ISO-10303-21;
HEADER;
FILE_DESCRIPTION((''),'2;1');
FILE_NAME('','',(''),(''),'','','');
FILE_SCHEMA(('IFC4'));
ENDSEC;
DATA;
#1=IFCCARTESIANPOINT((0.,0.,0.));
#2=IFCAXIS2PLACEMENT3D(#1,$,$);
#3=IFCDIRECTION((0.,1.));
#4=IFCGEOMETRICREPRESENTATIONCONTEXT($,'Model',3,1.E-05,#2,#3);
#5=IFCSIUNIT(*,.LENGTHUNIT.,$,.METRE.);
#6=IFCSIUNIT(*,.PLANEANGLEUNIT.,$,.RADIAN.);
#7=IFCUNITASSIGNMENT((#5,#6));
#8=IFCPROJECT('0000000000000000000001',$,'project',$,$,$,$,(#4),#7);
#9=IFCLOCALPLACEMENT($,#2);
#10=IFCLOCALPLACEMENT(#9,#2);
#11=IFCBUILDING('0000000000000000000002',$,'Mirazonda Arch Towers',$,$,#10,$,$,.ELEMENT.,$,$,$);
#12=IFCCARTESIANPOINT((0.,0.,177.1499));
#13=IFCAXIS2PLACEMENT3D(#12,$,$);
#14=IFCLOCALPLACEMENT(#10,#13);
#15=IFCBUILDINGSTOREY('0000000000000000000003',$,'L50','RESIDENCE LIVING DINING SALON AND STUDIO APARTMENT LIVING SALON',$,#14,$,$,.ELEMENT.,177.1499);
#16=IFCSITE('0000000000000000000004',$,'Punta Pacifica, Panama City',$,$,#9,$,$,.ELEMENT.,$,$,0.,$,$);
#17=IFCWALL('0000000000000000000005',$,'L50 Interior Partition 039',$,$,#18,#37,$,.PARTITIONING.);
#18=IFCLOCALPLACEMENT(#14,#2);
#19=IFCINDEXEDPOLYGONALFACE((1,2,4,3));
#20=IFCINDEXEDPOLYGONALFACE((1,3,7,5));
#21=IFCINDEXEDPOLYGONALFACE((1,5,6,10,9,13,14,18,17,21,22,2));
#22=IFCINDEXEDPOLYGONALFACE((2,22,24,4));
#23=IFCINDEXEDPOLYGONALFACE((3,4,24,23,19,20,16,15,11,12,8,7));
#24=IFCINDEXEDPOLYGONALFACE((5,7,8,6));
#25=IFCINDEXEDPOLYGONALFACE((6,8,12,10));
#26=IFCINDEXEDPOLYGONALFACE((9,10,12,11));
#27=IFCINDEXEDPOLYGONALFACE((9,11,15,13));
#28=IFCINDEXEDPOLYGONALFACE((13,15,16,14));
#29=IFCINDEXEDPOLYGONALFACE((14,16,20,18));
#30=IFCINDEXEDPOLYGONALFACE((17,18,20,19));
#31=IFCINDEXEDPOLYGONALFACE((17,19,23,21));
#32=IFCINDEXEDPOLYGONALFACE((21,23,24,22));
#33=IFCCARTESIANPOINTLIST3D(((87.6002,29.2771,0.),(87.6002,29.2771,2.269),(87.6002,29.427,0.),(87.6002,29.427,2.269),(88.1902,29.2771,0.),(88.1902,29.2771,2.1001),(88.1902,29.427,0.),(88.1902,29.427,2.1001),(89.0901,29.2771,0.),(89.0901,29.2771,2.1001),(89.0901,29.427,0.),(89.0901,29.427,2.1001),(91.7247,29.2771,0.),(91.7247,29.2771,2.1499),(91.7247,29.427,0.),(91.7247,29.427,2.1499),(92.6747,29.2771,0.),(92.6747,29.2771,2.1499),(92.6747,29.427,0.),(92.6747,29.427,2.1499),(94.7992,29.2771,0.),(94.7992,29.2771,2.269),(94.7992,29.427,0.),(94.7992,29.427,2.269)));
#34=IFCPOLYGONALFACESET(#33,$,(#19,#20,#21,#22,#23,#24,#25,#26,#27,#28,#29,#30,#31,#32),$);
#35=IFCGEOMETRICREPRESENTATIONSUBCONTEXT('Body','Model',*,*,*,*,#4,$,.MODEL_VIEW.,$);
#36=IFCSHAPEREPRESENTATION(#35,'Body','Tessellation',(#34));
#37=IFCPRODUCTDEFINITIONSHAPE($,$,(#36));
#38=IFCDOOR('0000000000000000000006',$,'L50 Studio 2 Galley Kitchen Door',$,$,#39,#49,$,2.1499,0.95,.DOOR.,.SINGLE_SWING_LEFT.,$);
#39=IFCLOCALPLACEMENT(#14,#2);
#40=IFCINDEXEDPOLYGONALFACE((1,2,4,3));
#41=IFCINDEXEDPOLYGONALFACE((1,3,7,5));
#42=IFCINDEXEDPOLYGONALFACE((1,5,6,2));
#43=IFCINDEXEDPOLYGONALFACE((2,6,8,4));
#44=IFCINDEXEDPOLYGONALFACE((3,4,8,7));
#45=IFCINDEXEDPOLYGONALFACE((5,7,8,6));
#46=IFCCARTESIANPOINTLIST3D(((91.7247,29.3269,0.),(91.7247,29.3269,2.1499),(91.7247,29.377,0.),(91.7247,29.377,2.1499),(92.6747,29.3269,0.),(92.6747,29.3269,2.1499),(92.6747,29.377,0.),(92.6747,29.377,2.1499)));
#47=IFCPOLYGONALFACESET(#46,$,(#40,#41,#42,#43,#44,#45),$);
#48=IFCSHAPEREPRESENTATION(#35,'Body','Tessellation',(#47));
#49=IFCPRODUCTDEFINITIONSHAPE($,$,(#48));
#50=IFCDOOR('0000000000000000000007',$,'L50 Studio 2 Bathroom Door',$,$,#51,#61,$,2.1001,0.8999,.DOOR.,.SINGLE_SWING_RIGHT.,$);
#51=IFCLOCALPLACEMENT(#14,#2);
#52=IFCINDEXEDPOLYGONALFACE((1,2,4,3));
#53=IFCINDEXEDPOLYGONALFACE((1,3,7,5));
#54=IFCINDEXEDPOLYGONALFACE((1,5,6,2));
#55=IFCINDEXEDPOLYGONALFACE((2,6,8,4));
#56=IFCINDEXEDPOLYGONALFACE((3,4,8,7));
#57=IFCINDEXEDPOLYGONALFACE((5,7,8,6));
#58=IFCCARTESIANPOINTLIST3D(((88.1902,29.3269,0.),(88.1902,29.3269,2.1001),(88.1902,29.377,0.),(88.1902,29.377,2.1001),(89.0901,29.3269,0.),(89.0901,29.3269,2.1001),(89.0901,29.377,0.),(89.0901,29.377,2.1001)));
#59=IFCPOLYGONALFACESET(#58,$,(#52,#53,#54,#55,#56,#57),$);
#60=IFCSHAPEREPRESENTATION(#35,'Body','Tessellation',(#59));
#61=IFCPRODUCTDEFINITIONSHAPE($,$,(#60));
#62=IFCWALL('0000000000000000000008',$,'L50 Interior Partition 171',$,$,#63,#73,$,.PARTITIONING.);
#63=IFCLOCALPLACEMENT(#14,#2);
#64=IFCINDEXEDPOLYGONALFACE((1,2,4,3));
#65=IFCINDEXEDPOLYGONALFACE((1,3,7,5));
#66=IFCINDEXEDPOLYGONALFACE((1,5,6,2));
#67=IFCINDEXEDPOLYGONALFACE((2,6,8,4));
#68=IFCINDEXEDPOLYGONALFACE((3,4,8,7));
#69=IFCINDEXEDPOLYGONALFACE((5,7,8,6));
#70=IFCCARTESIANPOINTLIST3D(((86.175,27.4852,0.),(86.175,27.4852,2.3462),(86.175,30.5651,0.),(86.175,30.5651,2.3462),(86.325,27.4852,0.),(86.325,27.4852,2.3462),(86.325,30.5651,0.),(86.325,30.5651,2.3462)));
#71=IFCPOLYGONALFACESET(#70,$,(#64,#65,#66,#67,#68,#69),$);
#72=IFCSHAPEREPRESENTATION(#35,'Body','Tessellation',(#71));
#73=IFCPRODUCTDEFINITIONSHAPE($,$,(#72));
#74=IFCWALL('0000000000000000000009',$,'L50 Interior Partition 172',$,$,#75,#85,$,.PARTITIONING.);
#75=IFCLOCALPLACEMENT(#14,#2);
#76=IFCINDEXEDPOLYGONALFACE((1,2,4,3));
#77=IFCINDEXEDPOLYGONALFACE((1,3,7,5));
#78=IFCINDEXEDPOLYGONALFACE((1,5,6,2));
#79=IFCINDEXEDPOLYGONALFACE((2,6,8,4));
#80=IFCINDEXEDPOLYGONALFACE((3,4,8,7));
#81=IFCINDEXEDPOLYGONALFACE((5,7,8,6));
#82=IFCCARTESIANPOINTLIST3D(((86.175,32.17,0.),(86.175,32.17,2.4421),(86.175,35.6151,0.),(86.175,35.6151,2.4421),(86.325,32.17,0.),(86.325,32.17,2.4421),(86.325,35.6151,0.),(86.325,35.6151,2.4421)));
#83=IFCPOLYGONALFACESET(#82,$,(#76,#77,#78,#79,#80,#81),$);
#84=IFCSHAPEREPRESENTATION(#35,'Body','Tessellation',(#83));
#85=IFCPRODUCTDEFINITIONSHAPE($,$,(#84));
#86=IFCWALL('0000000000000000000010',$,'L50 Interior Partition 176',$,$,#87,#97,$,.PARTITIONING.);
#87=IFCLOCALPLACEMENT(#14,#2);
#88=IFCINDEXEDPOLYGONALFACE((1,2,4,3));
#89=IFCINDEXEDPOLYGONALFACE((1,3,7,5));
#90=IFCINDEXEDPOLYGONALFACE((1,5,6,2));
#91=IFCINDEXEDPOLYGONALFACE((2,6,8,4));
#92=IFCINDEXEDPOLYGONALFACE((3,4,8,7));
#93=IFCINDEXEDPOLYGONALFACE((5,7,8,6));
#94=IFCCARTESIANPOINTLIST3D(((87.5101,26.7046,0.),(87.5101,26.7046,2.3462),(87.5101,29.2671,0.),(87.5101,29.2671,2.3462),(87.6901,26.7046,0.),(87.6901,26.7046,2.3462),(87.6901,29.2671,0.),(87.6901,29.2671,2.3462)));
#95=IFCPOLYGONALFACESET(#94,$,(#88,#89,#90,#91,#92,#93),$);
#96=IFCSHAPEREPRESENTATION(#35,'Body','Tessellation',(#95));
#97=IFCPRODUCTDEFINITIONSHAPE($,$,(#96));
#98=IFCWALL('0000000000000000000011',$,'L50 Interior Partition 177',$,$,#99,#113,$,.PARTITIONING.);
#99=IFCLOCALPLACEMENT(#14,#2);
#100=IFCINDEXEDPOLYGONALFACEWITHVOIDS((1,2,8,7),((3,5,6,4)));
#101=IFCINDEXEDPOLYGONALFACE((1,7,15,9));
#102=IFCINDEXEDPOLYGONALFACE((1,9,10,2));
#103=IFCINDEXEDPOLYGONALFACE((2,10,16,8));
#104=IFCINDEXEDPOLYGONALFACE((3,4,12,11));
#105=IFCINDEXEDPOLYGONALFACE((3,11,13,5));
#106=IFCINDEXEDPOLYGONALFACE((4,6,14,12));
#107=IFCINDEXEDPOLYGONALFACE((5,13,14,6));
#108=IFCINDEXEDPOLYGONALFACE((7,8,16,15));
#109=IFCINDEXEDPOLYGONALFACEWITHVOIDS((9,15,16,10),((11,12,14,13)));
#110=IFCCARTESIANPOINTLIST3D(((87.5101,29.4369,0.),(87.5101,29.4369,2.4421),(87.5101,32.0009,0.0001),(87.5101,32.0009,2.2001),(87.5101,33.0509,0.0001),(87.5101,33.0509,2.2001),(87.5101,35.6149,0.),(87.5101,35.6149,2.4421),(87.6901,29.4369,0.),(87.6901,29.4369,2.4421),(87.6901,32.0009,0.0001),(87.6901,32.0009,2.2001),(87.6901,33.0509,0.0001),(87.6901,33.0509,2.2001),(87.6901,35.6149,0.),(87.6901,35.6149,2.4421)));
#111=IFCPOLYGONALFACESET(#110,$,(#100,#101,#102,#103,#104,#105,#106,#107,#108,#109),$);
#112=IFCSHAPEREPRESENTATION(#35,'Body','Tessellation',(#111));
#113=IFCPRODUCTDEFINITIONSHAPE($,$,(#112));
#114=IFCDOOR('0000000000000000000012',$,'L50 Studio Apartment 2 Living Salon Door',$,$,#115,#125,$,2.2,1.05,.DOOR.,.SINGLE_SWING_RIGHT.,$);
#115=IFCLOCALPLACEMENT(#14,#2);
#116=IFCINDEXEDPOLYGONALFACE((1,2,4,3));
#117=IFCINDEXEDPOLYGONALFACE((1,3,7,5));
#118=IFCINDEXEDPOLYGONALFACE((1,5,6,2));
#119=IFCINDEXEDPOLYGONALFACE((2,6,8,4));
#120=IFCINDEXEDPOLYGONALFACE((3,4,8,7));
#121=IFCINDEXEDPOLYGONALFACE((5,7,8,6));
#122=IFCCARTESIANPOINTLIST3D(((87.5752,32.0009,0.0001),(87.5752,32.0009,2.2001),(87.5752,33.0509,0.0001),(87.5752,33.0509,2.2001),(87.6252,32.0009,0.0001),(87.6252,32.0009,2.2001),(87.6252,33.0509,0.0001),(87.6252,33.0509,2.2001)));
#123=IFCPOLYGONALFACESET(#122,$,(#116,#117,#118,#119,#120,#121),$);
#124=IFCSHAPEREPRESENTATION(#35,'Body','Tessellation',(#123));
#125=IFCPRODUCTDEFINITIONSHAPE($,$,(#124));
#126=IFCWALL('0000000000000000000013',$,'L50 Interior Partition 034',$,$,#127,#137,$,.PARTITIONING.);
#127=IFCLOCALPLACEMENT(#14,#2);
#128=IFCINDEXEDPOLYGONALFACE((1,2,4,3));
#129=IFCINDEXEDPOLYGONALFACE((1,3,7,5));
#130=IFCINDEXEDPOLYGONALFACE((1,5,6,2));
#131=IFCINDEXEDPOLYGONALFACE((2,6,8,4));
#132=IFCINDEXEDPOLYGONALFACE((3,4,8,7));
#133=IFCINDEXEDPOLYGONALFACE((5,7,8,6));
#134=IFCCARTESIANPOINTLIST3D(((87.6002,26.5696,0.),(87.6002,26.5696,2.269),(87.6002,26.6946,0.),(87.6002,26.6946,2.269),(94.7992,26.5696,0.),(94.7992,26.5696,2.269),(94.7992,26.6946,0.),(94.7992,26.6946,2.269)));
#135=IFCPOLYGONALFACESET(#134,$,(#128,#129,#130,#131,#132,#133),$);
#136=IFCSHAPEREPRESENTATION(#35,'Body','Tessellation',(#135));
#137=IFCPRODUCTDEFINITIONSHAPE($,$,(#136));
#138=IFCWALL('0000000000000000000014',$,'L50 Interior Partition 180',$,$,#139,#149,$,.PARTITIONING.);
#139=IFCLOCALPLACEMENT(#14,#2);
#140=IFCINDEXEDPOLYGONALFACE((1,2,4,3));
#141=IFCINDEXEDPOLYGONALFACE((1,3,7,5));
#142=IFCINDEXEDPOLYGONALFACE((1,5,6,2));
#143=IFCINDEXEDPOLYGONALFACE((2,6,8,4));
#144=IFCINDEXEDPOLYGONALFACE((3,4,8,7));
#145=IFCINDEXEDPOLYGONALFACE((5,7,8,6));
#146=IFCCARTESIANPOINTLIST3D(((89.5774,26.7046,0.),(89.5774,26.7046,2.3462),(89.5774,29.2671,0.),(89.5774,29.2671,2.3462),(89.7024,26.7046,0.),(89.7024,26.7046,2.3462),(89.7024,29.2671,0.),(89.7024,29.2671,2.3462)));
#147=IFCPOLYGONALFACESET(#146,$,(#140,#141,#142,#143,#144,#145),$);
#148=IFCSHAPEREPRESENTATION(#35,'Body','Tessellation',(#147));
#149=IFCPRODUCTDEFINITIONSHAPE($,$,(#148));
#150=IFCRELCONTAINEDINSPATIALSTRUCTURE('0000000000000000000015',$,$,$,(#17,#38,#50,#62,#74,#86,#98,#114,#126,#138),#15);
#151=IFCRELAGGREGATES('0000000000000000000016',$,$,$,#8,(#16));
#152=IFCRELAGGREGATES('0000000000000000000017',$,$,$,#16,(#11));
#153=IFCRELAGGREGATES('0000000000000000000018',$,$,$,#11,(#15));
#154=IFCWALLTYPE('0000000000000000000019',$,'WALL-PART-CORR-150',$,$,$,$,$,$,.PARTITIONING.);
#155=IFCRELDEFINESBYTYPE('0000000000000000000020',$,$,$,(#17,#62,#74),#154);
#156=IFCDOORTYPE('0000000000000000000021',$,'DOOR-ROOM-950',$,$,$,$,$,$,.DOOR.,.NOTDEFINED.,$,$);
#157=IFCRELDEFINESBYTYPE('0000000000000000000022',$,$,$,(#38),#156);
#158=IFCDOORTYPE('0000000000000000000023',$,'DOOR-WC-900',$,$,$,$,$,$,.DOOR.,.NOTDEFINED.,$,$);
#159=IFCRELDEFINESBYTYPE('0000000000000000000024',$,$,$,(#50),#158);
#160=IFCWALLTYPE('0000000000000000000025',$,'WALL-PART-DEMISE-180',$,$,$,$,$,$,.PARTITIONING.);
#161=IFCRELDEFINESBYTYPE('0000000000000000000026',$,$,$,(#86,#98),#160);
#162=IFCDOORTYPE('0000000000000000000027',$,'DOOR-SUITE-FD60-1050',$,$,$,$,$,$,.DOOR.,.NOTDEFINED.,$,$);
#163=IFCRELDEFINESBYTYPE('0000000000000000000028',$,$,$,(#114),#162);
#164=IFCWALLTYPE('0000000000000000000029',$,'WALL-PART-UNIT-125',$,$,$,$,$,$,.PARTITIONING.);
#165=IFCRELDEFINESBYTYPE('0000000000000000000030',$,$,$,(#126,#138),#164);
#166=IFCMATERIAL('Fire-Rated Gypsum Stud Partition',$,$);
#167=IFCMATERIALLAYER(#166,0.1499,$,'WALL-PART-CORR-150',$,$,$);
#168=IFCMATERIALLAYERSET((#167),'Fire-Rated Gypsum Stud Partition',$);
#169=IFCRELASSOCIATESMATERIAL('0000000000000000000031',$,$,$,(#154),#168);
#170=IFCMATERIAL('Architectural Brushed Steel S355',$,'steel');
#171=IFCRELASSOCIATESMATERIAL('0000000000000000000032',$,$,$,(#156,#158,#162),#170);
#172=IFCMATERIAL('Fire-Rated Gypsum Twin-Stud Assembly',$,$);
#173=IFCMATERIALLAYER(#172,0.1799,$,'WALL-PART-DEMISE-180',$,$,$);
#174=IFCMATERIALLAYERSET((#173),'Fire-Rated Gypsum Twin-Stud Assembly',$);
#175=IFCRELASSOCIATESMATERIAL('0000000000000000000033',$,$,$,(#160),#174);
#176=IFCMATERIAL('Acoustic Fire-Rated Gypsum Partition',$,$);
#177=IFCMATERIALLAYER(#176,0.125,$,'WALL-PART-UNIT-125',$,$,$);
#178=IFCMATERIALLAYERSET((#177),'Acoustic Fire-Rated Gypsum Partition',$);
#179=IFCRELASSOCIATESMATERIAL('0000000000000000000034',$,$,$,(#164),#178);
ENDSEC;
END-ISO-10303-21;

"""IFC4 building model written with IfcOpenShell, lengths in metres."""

from ifc_helpers import new_model, si_unit, direction, frame, frame_2d, origin, place, context, subcontext, project, spatial, rectangle, extrude, material, layer, layer_set, type_object, element, fill, save


model = new_model("IFC4")

# Units and contexts
model_context = context("Model", 3, precision=1e-05, world=origin(), true_north=direction((0.0, 1.0)))
body_context = subcontext(model_context, "Body", "Model", "MODEL_VIEW")
ifc_project = project(units=[si_unit("LENGTHUNIT", "METRE"), si_unit("PLANEANGLEUNIT", "RADIAN")], contexts=[model_context])

# Site, building, storey
site_placement = place(None, origin())
site = spatial("IfcSite", under=ifc_project, at=site_placement, Name="Punta Pacifica, Panama City", CompositionType="ELEMENT", RefElevation=0.0)
building_placement = place(site_placement, origin())
building = spatial("IfcBuilding", under=site, at=building_placement, Name="Mirazonda Arch Towers", CompositionType="ELEMENT")
storey_placement = place(building_placement, frame((0.0, 0.0, 177.1499)))
storey = spatial("IfcBuildingStorey", under=building, at=storey_placement, Name="L50", Description="RESIDENCE LIVING DINING SALON AND STUDIO APARTMENT LIVING SALON", CompositionType="ELEMENT", Elevation=177.1499)

# Wall, openings, doors
ifc_material_1 = material(Name="Fire-Rated Gypsum Stud Partition")
ifc_layer_1 = layer(ifc_material_1, 0.1499, Name="WALL-PART-CORR-150")
ifc_layer_set_1 = layer_set([ifc_layer_1], Name="Fire-Rated Gypsum Stud Partition")
wall_type_1 = type_object("IfcWallType", Name="WALL-PART-CORR-150", PredefinedType="PARTITIONING", material=ifc_layer_set_1)
wall_1_placement = place(storey_placement, frame((87.6001, 29.3521, 0.0), z_axis=(0.0, 0.0, 1.0), x_axis=(1.0, 0.0, 0.0)))
wall_1 = element("IfcWall", 1, at=wall_1_placement, inside=storey, type_object=wall_type_1, Name="L50 Interior Partition 039", PredefinedType="PARTITIONING", context=body_context, shape_type="SweptSolid", body=[
    extrude(rectangle(XDim=7.199, YDim=0.1499, at=frame_2d((3.5996, 0.0))), origin(), (0.0, 0.0, 1.0), 2.269),
])
opening_1_placement = place(wall_1_placement, frame((4.1245, 0.0, 0.0)))
opening_1 = element("IfcOpeningElement", 2, at=opening_1_placement, cuts=wall_1, PredefinedType="OPENING", context=body_context, shape_type="SweptSolid", body=[
    extrude(rectangle(XDim=0.95, YDim=2.1499, at=frame_2d((0.4751, 1.075))), frame((0.0, 0.085, 0.0), z_axis=(0.0, -1.0, 0.0), x_axis=(1.0, 0.0, 0.0)), (0.0, 0.0, 1.0), 0.1699),
])
opening_2_placement = place(wall_1_placement, frame((0.5901, 0.0, 0.0)))
opening_2 = element("IfcOpeningElement", 3, at=opening_2_placement, cuts=wall_1, PredefinedType="OPENING", context=body_context, shape_type="SweptSolid", body=[
    extrude(rectangle(XDim=0.8999, YDim=2.1001, at=frame_2d((0.45, 1.05))), frame((0.0, 0.085, 0.0), z_axis=(0.0, -1.0, 0.0), x_axis=(1.0, 0.0, 0.0)), (0.0, 0.0, 1.0), 0.1699),
])
ifc_material_2 = material(Name="Architectural Brushed Steel S355", Category="steel")
door_type_1 = type_object("IfcDoorType", Name="DOOR-ROOM-950", OperationType="NOTDEFINED", PredefinedType="DOOR", material=ifc_material_2)
door_1_placement = place(opening_1_placement, origin())
door_1 = element("IfcDoor", 4, at=door_1_placement, inside=storey, type_object=door_type_1, Name="L50 Studio 2 Galley Kitchen Door", OperationType="SINGLE_SWING_LEFT", OverallHeight=2.1499, OverallWidth=0.95, PredefinedType="DOOR", context=body_context, shape_type="SweptSolid", body=[
    extrude(rectangle(XDim=0.95, YDim=2.1499, at=frame_2d((0.4751, 1.075))), frame((0.0, 0.0249, 0.0), z_axis=(0.0, -1.0, 0.0), x_axis=(1.0, 0.0, 0.0)), (0.0, 0.0, 1.0), 0.05),
])
fill(opening_1, door_1)
door_type_2 = type_object("IfcDoorType", Name="DOOR-WC-900", OperationType="NOTDEFINED", PredefinedType="DOOR", material=ifc_material_2)
door_2_placement = place(opening_2_placement, origin())
door_2 = element("IfcDoor", 5, at=door_2_placement, inside=storey, type_object=door_type_2, Name="L50 Studio 2 Bathroom Door", OperationType="SINGLE_SWING_RIGHT", OverallHeight=2.1001, OverallWidth=0.8999, PredefinedType="DOOR", context=body_context, shape_type="SweptSolid", body=[
    extrude(rectangle(XDim=0.8999, YDim=2.1001, at=frame_2d((0.45, 1.05))), frame((0.0, 0.0249, 0.0), z_axis=(0.0, -1.0, 0.0), x_axis=(1.0, 0.0, 0.0)), (0.0, 0.0, 1.0), 0.05),
])
fill(opening_2, door_2)

# Walls
wall_2_placement = place(storey_placement, frame((86.25, 27.4851, 0.0), z_axis=(0.0, 0.0, 1.0), x_axis=(0.0, 1.0, 0.0)))
element("IfcWall", 6, at=wall_2_placement, inside=storey, type_object=wall_type_1, Name="L50 Interior Partition 171", PredefinedType="PARTITIONING", context=body_context, shape_type="SweptSolid", body=[
    extrude(rectangle(XDim=3.0798, YDim=0.1499, at=frame_2d((1.54, 0.0))), origin(), (0.0, 0.0, 1.0), 2.3462),
])
wall_3_placement = place(storey_placement, frame((86.25, 32.1699, 0.0), z_axis=(0.0, 0.0, 1.0), x_axis=(0.0, 1.0, 0.0)))
element("IfcWall", 7, at=wall_3_placement, inside=storey, type_object=wall_type_1, Name="L50 Interior Partition 172", PredefinedType="PARTITIONING", context=body_context, shape_type="SweptSolid", body=[
    extrude(rectangle(XDim=3.4451, YDim=0.1499, at=frame_2d((1.7227, 0.0))), origin(), (0.0, 0.0, 1.0), 2.4421),
])
ifc_material_3 = material(Name="Fire-Rated Gypsum Twin-Stud Assembly")
ifc_layer_2 = layer(ifc_material_3, 0.1799, Name="WALL-PART-DEMISE-180")
ifc_layer_set_2 = layer_set([ifc_layer_2], Name="Fire-Rated Gypsum Twin-Stud Assembly")
wall_type_2 = type_object("IfcWallType", Name="WALL-PART-DEMISE-180", PredefinedType="PARTITIONING", material=ifc_layer_set_2)
wall_4_placement = place(storey_placement, frame((87.6001, 26.7046, 0.0), z_axis=(0.0, 0.0, 1.0), x_axis=(0.0, 1.0, 0.0)))
element("IfcWall", 8, at=wall_4_placement, inside=storey, type_object=wall_type_2, Name="L50 Interior Partition 176", PredefinedType="PARTITIONING", context=body_context, shape_type="SweptSolid", body=[
    extrude(rectangle(XDim=2.5625, YDim=0.1799, at=frame_2d((1.2812, 0.0))), origin(), (0.0, 0.0, 1.0), 2.3462),
])

# Wall, opening, door
wall_5_placement = place(storey_placement, frame((87.6001, 29.437, 0.0), z_axis=(0.0, 0.0, 1.0), x_axis=(0.0, 1.0, 0.0)))
wall_5 = element("IfcWall", 9, at=wall_5_placement, inside=storey, type_object=wall_type_2, Name="L50 Interior Partition 177", PredefinedType="PARTITIONING", context=body_context, shape_type="SweptSolid", body=[
    extrude(rectangle(XDim=6.178, YDim=0.1799, at=frame_2d((3.0889, 0.0))), origin(), (0.0, 0.0, 1.0), 2.4421),
])
opening_3_placement = place(wall_5_placement, frame((2.564, 0.0, 0.0)))
opening_3 = element("IfcOpeningElement", 10, at=opening_3_placement, cuts=wall_5, PredefinedType="OPENING", context=body_context, shape_type="SweptSolid", body=[
    extrude(rectangle(XDim=1.05, YDim=2.2, at=frame_2d((0.5249, 1.1001))), frame((0.0, 0.0999, 0.0), z_axis=(0.0, -1.0, 0.0), x_axis=(1.0, 0.0, 0.0)), (0.0, 0.0, 1.0), 0.2),
])
door_type_3 = type_object("IfcDoorType", Name="DOOR-SUITE-FD60-1050", OperationType="NOTDEFINED", PredefinedType="DOOR", material=ifc_material_2)
door_3_placement = place(opening_3_placement, origin())
door_3 = element("IfcDoor", 11, at=door_3_placement, inside=storey, type_object=door_type_3, Name="L50 Studio Apartment 2 Living Salon Door", OperationType="SINGLE_SWING_RIGHT", OverallHeight=2.2, OverallWidth=1.05, PredefinedType="DOOR", context=body_context, shape_type="SweptSolid", body=[
    extrude(rectangle(XDim=1.05, YDim=2.2, at=frame_2d((0.5249, 1.1001))), frame((0.0, 0.0249, 0.0), z_axis=(0.0, -1.0, 0.0), x_axis=(1.0, 0.0, 0.0)), (0.0, 0.0, 1.0), 0.05),
])
fill(opening_3, door_3)

# Walls
ifc_material_4 = material(Name="Acoustic Fire-Rated Gypsum Partition")
ifc_layer_3 = layer(ifc_material_4, 0.125, Name="WALL-PART-UNIT-125")
ifc_layer_set_3 = layer_set([ifc_layer_3], Name="Acoustic Fire-Rated Gypsum Partition")
wall_type_3 = type_object("IfcWallType", Name="WALL-PART-UNIT-125", PredefinedType="PARTITIONING", material=ifc_layer_set_3)
wall_6_placement = place(storey_placement, frame((87.6001, 26.6321, 0.0), z_axis=(0.0, 0.0, 1.0), x_axis=(1.0, 0.0, 0.0)))
element("IfcWall", 12, at=wall_6_placement, inside=storey, type_object=wall_type_3, Name="L50 Interior Partition 034", PredefinedType="PARTITIONING", context=body_context, shape_type="SweptSolid", body=[
    extrude(rectangle(XDim=7.199, YDim=0.125, at=frame_2d((3.5996, 0.0))), origin(), (0.0, 0.0, 1.0), 2.269),
])
wall_7_placement = place(storey_placement, frame((89.6399, 26.7046, 0.0), z_axis=(0.0, 0.0, 1.0), x_axis=(0.0, 1.0, 0.0)))
element("IfcWall", 13, at=wall_7_placement, inside=storey, type_object=wall_type_3, Name="L50 Interior Partition 180", PredefinedType="PARTITIONING", context=body_context, shape_type="SweptSolid", body=[
    extrude(rectangle(XDim=2.5625, YDim=0.125, at=frame_2d((1.2812, 0.0))), origin(), (0.0, 0.0, 1.0), 2.3462),
])

save(model, "model.ifc")
